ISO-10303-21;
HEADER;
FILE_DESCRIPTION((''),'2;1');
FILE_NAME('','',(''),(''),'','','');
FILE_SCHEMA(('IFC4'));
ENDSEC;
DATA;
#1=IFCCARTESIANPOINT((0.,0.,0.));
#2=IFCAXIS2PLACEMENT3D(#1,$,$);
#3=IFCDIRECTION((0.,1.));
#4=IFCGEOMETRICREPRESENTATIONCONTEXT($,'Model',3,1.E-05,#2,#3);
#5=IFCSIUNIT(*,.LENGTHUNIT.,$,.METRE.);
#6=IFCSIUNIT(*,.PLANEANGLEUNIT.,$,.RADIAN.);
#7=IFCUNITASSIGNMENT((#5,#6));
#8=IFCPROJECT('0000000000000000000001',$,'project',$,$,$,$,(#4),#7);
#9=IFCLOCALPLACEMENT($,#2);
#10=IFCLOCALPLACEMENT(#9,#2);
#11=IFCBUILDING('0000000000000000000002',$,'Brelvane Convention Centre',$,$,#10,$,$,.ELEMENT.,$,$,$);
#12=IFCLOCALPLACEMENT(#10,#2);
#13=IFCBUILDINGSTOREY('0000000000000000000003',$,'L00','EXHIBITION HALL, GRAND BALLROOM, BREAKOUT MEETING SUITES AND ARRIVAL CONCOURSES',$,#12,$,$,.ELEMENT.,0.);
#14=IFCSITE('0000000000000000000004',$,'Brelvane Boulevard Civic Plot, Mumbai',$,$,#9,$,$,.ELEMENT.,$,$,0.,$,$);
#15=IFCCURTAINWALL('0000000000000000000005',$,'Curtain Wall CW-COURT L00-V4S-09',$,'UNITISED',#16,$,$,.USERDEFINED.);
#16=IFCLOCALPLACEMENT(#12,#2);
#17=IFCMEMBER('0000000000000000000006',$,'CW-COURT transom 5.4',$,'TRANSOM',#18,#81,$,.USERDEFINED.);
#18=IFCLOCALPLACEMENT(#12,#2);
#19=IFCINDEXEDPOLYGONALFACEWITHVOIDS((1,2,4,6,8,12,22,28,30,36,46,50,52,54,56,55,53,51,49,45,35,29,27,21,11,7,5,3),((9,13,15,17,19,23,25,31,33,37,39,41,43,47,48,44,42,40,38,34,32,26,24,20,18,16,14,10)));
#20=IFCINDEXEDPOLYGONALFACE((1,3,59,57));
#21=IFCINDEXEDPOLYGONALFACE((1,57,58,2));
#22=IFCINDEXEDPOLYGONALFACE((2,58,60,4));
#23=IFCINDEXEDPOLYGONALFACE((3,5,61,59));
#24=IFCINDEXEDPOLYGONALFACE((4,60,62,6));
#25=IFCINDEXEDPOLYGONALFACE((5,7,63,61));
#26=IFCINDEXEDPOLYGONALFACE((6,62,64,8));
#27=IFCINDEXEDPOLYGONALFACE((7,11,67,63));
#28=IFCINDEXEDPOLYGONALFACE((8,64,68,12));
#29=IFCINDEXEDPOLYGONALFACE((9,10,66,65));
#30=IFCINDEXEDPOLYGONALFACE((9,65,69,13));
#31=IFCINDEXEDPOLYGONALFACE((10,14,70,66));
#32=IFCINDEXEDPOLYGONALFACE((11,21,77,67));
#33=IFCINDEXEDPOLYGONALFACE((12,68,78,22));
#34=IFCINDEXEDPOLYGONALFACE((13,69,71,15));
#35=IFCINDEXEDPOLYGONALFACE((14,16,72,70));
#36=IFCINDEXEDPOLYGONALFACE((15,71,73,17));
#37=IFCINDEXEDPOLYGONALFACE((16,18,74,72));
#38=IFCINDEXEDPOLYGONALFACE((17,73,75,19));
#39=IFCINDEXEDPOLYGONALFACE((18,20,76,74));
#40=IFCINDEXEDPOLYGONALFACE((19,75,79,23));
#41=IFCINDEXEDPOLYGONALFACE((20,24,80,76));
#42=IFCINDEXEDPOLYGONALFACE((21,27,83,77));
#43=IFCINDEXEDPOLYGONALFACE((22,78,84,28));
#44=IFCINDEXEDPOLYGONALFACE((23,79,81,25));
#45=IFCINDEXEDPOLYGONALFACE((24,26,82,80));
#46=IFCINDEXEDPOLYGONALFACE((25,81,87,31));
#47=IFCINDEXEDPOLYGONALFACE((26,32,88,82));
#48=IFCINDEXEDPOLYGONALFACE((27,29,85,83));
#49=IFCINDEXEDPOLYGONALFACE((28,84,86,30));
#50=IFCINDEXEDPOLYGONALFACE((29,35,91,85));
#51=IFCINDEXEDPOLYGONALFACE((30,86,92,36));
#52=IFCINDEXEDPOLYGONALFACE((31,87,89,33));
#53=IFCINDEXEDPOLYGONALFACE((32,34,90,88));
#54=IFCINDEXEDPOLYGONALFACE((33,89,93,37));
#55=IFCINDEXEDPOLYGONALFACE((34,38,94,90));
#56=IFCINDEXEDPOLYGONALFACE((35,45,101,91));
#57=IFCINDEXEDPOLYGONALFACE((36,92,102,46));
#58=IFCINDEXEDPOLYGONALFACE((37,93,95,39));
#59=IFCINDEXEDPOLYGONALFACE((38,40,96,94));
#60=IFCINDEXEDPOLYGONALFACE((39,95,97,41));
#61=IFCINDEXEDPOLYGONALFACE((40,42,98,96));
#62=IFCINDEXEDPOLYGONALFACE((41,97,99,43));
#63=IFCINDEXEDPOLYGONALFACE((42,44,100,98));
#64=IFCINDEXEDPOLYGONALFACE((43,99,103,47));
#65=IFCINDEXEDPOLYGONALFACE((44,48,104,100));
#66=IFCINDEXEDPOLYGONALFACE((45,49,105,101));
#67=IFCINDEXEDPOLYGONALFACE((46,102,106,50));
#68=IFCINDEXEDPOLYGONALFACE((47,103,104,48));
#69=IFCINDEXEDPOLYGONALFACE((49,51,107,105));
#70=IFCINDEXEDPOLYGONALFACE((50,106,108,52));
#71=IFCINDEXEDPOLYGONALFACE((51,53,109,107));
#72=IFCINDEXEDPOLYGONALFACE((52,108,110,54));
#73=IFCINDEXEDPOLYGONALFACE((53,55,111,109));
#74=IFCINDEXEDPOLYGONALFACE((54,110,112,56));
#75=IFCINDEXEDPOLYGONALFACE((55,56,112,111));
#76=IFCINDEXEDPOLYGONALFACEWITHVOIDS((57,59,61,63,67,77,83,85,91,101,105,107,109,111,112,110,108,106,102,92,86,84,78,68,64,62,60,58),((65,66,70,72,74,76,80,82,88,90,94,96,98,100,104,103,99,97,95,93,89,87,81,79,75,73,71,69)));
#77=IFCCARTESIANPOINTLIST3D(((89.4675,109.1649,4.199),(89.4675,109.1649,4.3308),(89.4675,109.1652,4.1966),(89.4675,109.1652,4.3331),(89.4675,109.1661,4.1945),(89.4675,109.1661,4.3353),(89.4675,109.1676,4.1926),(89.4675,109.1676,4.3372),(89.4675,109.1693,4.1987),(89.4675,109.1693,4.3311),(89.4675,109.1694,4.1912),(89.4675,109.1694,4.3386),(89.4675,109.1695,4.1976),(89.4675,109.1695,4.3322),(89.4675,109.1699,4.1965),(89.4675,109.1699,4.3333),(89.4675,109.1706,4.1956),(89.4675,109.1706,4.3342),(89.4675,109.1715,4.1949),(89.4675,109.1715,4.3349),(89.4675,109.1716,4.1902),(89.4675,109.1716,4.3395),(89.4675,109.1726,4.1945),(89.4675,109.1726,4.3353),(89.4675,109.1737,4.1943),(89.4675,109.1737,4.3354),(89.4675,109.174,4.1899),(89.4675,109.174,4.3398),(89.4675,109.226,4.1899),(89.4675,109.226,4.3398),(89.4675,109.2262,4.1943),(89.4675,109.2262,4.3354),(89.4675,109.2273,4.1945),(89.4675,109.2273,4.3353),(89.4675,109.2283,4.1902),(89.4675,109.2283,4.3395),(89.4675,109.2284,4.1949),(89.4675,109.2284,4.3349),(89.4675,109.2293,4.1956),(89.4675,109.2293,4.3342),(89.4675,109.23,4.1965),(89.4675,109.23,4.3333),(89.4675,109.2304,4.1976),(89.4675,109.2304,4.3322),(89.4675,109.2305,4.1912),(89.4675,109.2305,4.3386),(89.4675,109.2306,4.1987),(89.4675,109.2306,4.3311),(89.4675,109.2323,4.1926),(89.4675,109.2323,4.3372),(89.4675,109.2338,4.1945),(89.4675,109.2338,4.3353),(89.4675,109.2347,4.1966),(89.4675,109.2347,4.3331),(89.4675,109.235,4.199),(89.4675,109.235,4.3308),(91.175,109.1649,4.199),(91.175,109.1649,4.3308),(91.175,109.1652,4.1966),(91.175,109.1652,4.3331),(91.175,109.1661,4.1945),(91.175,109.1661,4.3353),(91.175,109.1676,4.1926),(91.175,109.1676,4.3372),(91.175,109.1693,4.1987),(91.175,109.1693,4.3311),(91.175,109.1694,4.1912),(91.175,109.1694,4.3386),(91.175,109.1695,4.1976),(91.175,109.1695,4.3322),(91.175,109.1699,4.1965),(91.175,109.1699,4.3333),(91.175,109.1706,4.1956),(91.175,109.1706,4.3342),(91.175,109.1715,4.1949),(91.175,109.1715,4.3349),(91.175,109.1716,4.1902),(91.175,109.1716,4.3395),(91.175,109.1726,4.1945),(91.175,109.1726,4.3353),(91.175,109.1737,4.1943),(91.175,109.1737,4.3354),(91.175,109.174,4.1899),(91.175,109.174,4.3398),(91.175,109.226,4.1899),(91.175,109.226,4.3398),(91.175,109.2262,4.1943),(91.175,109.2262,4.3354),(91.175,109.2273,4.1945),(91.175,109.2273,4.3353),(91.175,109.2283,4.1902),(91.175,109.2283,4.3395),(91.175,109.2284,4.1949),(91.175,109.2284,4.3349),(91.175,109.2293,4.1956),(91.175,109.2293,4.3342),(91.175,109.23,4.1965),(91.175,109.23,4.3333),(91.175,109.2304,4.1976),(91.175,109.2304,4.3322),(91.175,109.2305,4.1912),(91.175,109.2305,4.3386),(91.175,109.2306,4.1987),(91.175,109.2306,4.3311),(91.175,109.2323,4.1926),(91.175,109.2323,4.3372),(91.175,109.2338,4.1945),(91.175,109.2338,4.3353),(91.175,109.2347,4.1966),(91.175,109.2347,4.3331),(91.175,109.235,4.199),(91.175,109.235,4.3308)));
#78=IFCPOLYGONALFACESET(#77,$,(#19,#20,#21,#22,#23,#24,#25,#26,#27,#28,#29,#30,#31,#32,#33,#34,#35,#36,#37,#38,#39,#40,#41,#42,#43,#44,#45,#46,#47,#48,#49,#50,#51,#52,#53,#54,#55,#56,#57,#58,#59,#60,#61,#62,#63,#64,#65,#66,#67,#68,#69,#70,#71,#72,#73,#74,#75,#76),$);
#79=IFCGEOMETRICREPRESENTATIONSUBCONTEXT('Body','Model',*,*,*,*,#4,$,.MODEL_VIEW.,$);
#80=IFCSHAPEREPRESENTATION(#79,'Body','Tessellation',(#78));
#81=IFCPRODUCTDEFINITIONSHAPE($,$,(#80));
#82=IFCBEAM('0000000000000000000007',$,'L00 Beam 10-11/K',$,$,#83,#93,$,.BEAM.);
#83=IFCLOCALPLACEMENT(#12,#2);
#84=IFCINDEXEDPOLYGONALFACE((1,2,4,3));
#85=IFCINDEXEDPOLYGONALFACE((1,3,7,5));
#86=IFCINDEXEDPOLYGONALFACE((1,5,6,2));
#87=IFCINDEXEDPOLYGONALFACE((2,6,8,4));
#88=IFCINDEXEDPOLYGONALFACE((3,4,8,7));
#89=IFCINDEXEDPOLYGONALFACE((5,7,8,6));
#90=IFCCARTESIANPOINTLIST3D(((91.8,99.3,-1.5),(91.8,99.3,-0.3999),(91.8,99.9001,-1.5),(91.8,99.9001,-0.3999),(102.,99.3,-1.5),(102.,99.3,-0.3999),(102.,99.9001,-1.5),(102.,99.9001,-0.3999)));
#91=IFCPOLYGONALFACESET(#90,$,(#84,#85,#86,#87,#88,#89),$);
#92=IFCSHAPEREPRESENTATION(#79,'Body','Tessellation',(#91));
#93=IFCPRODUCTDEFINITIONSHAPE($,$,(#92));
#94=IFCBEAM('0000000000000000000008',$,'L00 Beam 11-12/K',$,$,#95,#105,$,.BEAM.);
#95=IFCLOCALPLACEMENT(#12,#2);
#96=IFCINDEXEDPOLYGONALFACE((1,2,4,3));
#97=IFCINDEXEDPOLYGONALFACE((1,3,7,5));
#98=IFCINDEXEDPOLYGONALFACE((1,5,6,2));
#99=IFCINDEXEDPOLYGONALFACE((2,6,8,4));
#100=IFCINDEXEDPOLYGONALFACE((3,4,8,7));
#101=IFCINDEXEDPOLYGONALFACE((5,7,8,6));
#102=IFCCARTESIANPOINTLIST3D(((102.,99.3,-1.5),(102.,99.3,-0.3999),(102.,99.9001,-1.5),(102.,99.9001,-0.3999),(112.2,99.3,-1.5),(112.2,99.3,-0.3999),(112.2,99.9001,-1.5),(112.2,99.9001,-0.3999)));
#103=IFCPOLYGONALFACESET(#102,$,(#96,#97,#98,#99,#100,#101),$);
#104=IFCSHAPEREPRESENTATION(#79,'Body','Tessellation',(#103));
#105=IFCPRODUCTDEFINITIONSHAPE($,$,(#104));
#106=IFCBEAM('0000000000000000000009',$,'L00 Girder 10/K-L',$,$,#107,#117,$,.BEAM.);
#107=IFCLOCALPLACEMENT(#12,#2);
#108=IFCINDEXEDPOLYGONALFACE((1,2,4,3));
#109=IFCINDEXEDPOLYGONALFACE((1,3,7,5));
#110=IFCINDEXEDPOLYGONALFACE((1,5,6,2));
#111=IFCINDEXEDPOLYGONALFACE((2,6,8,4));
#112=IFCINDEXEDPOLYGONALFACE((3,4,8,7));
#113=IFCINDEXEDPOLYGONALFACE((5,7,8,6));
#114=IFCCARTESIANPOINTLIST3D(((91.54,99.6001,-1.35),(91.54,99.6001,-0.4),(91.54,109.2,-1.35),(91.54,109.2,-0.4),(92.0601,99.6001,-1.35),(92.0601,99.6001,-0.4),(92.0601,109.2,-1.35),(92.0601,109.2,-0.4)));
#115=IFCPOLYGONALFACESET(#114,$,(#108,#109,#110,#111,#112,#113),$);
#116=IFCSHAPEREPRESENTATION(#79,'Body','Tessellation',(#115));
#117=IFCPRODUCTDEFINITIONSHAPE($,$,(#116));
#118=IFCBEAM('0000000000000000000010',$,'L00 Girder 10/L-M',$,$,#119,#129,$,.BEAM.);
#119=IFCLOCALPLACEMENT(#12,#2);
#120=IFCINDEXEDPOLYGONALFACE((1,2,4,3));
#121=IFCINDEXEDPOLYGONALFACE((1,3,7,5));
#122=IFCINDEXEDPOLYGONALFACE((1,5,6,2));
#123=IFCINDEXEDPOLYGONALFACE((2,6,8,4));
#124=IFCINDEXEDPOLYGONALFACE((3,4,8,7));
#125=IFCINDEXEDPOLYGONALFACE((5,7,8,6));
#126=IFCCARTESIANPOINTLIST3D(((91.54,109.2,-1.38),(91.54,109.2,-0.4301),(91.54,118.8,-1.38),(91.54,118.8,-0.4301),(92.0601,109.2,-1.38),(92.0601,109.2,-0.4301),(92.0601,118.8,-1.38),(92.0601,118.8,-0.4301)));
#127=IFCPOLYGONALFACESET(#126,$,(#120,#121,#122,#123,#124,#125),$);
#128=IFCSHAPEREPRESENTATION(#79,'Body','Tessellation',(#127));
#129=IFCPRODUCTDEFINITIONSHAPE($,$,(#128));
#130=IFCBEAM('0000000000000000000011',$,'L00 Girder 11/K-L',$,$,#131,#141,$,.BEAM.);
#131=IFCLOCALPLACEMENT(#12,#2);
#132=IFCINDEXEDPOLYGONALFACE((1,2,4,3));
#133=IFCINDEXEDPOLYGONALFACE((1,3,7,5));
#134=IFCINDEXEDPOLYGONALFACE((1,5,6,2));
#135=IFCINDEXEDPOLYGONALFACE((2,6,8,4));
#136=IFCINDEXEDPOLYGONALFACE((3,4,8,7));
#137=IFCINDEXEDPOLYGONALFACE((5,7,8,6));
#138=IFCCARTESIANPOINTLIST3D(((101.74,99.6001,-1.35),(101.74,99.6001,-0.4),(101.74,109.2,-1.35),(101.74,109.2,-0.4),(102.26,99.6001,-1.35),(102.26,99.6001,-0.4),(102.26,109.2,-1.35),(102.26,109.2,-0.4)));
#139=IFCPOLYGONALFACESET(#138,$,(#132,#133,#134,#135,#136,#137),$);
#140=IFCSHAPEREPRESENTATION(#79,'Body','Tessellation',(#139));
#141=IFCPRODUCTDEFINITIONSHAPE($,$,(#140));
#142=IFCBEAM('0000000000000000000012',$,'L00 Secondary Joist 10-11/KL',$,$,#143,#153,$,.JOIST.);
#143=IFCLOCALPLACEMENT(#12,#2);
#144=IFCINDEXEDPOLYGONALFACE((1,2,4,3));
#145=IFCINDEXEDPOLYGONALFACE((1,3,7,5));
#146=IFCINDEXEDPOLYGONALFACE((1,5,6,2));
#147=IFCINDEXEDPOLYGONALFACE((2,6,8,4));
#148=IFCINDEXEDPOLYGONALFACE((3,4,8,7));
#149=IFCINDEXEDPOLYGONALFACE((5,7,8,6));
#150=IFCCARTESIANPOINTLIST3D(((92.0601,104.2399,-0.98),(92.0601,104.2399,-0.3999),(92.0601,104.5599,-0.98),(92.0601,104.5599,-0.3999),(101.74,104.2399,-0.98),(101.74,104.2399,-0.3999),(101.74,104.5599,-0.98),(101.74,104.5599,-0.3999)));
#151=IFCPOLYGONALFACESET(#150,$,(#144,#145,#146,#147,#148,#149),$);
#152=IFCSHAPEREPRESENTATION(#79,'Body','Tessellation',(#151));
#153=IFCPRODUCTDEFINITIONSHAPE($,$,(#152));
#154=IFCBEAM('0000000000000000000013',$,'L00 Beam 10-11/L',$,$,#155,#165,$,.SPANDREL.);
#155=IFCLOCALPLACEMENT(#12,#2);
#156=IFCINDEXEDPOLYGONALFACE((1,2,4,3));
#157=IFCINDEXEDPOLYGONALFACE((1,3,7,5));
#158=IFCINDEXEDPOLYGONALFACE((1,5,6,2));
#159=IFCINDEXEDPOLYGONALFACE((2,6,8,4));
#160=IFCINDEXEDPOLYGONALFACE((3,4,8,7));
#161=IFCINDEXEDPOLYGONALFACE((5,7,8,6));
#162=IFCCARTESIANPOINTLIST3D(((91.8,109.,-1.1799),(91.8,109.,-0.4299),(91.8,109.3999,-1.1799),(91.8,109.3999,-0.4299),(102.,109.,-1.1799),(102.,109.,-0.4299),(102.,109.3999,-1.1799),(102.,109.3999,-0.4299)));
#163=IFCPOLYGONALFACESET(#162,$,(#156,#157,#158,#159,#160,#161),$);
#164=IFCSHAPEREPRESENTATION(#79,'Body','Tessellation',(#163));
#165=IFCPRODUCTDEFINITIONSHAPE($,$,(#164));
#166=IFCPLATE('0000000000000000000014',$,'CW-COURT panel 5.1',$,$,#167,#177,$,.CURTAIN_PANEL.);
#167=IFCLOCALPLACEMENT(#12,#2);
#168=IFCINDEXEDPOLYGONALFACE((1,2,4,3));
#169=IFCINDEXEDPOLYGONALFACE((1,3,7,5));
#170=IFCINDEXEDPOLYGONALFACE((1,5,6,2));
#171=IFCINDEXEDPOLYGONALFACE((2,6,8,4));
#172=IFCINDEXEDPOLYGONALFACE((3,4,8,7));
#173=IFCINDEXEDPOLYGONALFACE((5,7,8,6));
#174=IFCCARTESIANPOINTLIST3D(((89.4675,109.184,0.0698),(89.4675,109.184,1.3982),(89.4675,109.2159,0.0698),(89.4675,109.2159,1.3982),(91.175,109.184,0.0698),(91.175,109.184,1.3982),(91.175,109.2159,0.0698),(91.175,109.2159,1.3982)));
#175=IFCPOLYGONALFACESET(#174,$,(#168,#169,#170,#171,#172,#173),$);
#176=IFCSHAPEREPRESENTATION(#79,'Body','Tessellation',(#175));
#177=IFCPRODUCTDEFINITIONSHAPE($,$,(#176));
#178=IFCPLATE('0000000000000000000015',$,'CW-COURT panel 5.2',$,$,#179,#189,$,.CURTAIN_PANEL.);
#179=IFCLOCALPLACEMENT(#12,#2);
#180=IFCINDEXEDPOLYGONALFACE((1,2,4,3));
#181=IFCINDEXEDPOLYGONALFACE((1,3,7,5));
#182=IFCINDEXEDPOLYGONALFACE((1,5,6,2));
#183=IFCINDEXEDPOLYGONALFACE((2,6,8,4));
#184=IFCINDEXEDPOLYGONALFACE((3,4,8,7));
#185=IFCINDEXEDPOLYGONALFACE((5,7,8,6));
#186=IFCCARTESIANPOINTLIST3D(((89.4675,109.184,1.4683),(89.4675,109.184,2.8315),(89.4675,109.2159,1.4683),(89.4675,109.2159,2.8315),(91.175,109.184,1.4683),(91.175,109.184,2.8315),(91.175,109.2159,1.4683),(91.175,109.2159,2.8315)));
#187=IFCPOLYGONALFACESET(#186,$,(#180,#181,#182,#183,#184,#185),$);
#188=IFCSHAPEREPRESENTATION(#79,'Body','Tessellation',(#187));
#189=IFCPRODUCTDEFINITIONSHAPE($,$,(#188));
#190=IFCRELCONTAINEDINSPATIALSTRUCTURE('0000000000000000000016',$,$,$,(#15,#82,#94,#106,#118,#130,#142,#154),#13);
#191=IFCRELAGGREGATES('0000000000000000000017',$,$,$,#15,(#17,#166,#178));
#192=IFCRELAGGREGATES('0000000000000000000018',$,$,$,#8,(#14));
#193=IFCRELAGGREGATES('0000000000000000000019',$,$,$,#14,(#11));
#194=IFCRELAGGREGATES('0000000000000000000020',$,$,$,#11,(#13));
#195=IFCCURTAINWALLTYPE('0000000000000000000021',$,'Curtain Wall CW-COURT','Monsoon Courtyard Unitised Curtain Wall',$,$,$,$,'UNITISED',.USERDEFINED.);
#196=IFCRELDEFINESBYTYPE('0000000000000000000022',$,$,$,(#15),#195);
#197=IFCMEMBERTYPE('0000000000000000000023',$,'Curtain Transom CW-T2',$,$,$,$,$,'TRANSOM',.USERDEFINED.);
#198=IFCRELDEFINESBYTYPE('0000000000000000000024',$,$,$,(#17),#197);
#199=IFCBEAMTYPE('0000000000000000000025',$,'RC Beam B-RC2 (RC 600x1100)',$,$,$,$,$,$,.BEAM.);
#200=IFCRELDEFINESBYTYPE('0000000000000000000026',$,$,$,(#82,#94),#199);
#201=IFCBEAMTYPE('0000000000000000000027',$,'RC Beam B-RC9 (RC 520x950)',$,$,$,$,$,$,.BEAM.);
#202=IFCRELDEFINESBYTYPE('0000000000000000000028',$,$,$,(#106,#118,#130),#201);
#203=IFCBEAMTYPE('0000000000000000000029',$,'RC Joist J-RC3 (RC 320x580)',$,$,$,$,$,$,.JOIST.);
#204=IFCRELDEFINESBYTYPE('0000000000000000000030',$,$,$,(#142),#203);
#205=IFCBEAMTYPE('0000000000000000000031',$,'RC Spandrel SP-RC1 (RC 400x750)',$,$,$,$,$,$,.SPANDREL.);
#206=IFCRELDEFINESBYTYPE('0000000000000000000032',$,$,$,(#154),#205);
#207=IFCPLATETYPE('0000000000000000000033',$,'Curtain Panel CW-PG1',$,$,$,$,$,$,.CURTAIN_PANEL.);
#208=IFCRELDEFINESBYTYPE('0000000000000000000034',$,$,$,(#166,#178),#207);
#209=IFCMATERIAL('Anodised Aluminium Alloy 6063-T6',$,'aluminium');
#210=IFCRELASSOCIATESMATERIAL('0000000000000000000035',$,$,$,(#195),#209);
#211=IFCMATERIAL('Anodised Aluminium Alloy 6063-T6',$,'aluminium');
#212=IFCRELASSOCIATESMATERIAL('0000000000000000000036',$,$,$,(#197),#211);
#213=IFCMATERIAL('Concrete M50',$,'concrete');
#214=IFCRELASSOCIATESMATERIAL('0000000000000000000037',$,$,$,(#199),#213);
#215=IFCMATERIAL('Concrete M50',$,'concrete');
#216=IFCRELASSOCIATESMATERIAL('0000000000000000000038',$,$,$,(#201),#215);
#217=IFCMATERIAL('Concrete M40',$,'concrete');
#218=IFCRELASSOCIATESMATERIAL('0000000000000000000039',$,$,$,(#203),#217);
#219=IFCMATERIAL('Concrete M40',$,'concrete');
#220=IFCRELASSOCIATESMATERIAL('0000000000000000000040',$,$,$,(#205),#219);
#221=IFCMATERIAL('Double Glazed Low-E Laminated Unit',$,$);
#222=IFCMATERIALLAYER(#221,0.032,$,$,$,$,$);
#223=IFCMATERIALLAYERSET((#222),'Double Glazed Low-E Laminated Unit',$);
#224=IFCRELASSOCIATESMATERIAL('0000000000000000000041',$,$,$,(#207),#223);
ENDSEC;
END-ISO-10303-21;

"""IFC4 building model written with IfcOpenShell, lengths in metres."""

from ifc_helpers import new_model, si_unit, direction, frame, origin, origin_2d, place, context, subcontext, project, spatial, rectangle, hollow_rectangle, extrude, material, layer, layer_set, material_profile, profile_set, type_object, element, aggregate, save


model = new_model("IFC4")

# Units and contexts
model_context = context("Model", 3, precision=1e-05, world=origin(), true_north=direction((0.0, 1.0)))
body_context = subcontext(model_context, "Body", "Model", "MODEL_VIEW")
ifc_project = project(units=[si_unit("LENGTHUNIT", "METRE"), si_unit("PLANEANGLEUNIT", "RADIAN")], contexts=[model_context])

# Site, building, storey
site_placement = place(None, origin())
site = spatial("IfcSite", under=ifc_project, at=site_placement, Name="Brelvane Boulevard Civic Plot, Mumbai", CompositionType="ELEMENT", RefElevation=0.0)
building_placement = place(site_placement, origin())
building = spatial("IfcBuilding", under=site, at=building_placement, Name="Brelvane Convention Centre", CompositionType="ELEMENT")
storey_placement = place(building_placement, origin())
storey = spatial("IfcBuildingStorey", under=building, at=storey_placement, Name="L00", Description="EXHIBITION HALL, GRAND BALLROOM, BREAKOUT MEETING SUITES AND ARRIVAL CONCOURSES", CompositionType="ELEMENT", Elevation=0.0)

# Curtain wall, member
ifc_material_1 = material(Name="Anodised Aluminium Alloy 6063-T6", Category="aluminium")
curtain_wall_type = type_object("IfcCurtainWallType", Name="Curtain Wall CW-COURT", Description="Monsoon Courtyard Unitised Curtain Wall", ElementType="UNITISED", PredefinedType="USERDEFINED", material=ifc_material_1)
curtain_wall_placement = place(storey_placement, origin())
curtain_wall = element("IfcCurtainWall", 1, at=curtain_wall_placement, inside=storey, type_object=curtain_wall_type, Name="Curtain Wall CW-COURT L00-V4S-09", ObjectType="UNITISED", PredefinedType="USERDEFINED")
ifc_material_2 = material(Name="Anodised Aluminium Alloy 6063-T6", Category="aluminium")
ifc_material_profile_1 = material_profile(ifc_material_2, hollow_rectangle(XDim=0.0701, YDim=0.1499, WallThickness=0.0044, InnerFilletRadius=0.0044, OuterFilletRadius=0.009, at=origin_2d()), Name="ALU-T 150x70x4.5")
ifc_profile_set_1 = profile_set([ifc_material_profile_1], Name="Anodised Aluminium Alloy 6063-T6")
member_type_1 = type_object("IfcMemberType", Name="Curtain Transom CW-T2", ElementType="TRANSOM", PredefinedType="USERDEFINED", material=ifc_profile_set_1)
member_1_placement = place(storey_placement, frame((89.4675, 109.2, 4.2649), z_axis=(1.0, 0.0, 0.0), x_axis=(0.0, 1.0, 0.0)))
member_1 = element("IfcMember", 2, at=member_1_placement, type_object=member_type_1, Name="CW-COURT transom 5.4", ObjectType="TRANSOM", PredefinedType="USERDEFINED", context=body_context, shape_type="SweptSolid", body=[
    extrude(hollow_rectangle(XDim=0.0701, YDim=0.1499, WallThickness=0.0044, InnerFilletRadius=0.0044, OuterFilletRadius=0.009, at=origin_2d()), origin(), (0.0, 0.0, 1.0), 1.7075),
])

# Beams
ifc_material_3 = material(Name="Concrete M50", Category="concrete")
ifc_material_profile_2 = material_profile(ifc_material_3, rectangle(XDim=0.6001, YDim=1.1001, at=origin_2d()), Name="RC 600x1100")
ifc_profile_set_2 = profile_set([ifc_material_profile_2], Name="Concrete M50")
beam_type_1 = type_object("IfcBeamType", Name="RC Beam B-RC2 (RC 600x1100)", PredefinedType="BEAM", material=ifc_profile_set_2)
for number, where, z_axis, x_axis, name in (
    (3, (91.8, 99.6001, -0.95), (1.0, 0.0, 0.0), (0.0, 1.0, 0.0), "L00 Beam 10-11/K"),
    (4, (102.0, 99.6001, -0.95), (1.0, 0.0, 0.0), (0.0, 1.0, 0.0), "L00 Beam 11-12/K"),
):
    element("IfcBeam", number, at=place(storey_placement, frame(where, z_axis=z_axis, x_axis=x_axis)), inside=storey, type_object=beam_type_1, Name=name, PredefinedType="BEAM", context=body_context, shape_type="SweptSolid", body=[
        extrude(rectangle(XDim=0.6001, YDim=1.1001, at=origin_2d()), origin(), (0.0, 0.0, 1.0), 10.2),
    ])
ifc_material_4 = material(Name="Concrete M50", Category="concrete")
ifc_material_profile_3 = material_profile(ifc_material_4, rectangle(XDim=0.52, YDim=0.95, at=origin_2d()), Name="RC 520x950")
ifc_profile_set_3 = profile_set([ifc_material_profile_3], Name="Concrete M50")
beam_type_2 = type_object("IfcBeamType", Name="RC Beam B-RC9 (RC 520x950)", PredefinedType="BEAM", material=ifc_profile_set_3)
beam_1_placement = place(storey_placement, frame((91.8, 99.6001, -0.875), z_axis=(0.0, 1.0, 0.0), x_axis=(-1.0, 0.0, 0.0)))
element("IfcBeam", 5, at=beam_1_placement, inside=storey, type_object=beam_type_2, Name="L00 Girder 10/K-L", PredefinedType="BEAM", context=body_context, shape_type="SweptSolid", body=[
    extrude(rectangle(XDim=0.52, YDim=0.95, at=origin_2d()), origin(), (0.0, 0.0, 1.0), 9.5999),
])
beam_2_placement = place(storey_placement, frame((91.8, 109.2, -0.905), z_axis=(0.0, 1.0, 0.0), x_axis=(-1.0, 0.0, 0.0)))
element("IfcBeam", 6, at=beam_2_placement, inside=storey, type_object=beam_type_2, Name="L00 Girder 10/L-M", PredefinedType="BEAM", context=body_context, shape_type="SweptSolid", body=[
    extrude(rectangle(XDim=0.52, YDim=0.95, at=origin_2d()), origin(), (0.0, 0.0, 1.0), 9.6001),
])
beam_3_placement = place(storey_placement, frame((102.0, 99.6001, -0.875), z_axis=(0.0, 1.0, 0.0), x_axis=(-1.0, 0.0, 0.0)))
element("IfcBeam", 7, at=beam_3_placement, inside=storey, type_object=beam_type_2, Name="L00 Girder 11/K-L", PredefinedType="BEAM", context=body_context, shape_type="SweptSolid", body=[
    extrude(rectangle(XDim=0.52, YDim=0.95, at=origin_2d()), origin(), (0.0, 0.0, 1.0), 9.5999),
])
ifc_material_5 = material(Name="Concrete M40", Category="concrete")
ifc_material_profile_4 = material_profile(ifc_material_5, rectangle(XDim=0.3201, YDim=0.5801, at=origin_2d()), Name="RC 320x580")
ifc_profile_set_4 = profile_set([ifc_material_profile_4], Name="Concrete M40")
beam_type_3 = type_object("IfcBeamType", Name="RC Joist J-RC3 (RC 320x580)", PredefinedType="JOIST", material=ifc_profile_set_4)
beam_4_placement = place(storey_placement, frame((92.0601, 104.3999, -0.6899), z_axis=(1.0, 0.0, 0.0), x_axis=(0.0, 1.0, 0.0)))
element("IfcBeam", 8, at=beam_4_placement, inside=storey, type_object=beam_type_3, Name="L00 Secondary Joist 10-11/KL", PredefinedType="JOIST", context=body_context, shape_type="SweptSolid", body=[
    extrude(rectangle(XDim=0.3201, YDim=0.5801, at=origin_2d()), origin(), (0.0, 0.0, 1.0), 9.6799),
])
ifc_material_6 = material(Name="Concrete M40", Category="concrete")
ifc_material_profile_5 = material_profile(ifc_material_6, rectangle(XDim=0.3999, YDim=0.75, at=origin_2d()), Name="RC 400x750")
ifc_profile_set_5 = profile_set([ifc_material_profile_5], Name="Concrete M40")
beam_type_4 = type_object("IfcBeamType", Name="RC Spandrel SP-RC1 (RC 400x750)", PredefinedType="SPANDREL", material=ifc_profile_set_5)
beam_5_placement = place(storey_placement, frame((91.8, 109.2, -0.8049), z_axis=(1.0, 0.0, 0.0), x_axis=(0.0, 1.0, 0.0)))
element("IfcBeam", 9, at=beam_5_placement, inside=storey, type_object=beam_type_4, Name="L00 Beam 10-11/L", PredefinedType="SPANDREL", context=body_context, shape_type="SweptSolid", body=[
    extrude(rectangle(XDim=0.3999, YDim=0.75, at=origin_2d()), origin(), (0.0, 0.0, 1.0), 10.2),
])

# Plates
ifc_material_7 = material(Name="Double Glazed Low-E Laminated Unit")
ifc_layer_1 = layer(ifc_material_7, 0.032)
ifc_layer_set_1 = layer_set([ifc_layer_1], Name="Double Glazed Low-E Laminated Unit")
plate_type = type_object("IfcPlateType", Name="Curtain Panel CW-PG1", PredefinedType="CURTAIN_PANEL", material=ifc_layer_set_1)
plate_1_placement = place(storey_placement, frame((90.3213, 109.2, 0.0698), z_axis=(0.0, 0.0, 1.0), x_axis=(1.0, 0.0, 0.0)))
plate_1 = element("IfcPlate", 10, at=plate_1_placement, type_object=plate_type, Name="CW-COURT panel 5.1", PredefinedType="CURTAIN_PANEL", context=body_context, shape_type="SweptSolid", body=[
    extrude(rectangle(XDim=1.7075, YDim=0.032, at=origin_2d()), origin(), (0.0, 0.0, 1.0), 1.3284),
])
plate_2_placement = place(storey_placement, frame((90.3213, 109.2, 1.4683), z_axis=(0.0, 0.0, 1.0), x_axis=(1.0, 0.0, 0.0)))
plate_2 = element("IfcPlate", 11, at=plate_2_placement, type_object=plate_type, Name="CW-COURT panel 5.2", PredefinedType="CURTAIN_PANEL", context=body_context, shape_type="SweptSolid", body=[
    extrude(rectangle(XDim=1.7075, YDim=0.032, at=origin_2d()), origin(), (0.0, 0.0, 1.0), 1.3633),
])
aggregate(curtain_wall, [member_1, plate_1, plate_2])

save(model, "model.ifc")
